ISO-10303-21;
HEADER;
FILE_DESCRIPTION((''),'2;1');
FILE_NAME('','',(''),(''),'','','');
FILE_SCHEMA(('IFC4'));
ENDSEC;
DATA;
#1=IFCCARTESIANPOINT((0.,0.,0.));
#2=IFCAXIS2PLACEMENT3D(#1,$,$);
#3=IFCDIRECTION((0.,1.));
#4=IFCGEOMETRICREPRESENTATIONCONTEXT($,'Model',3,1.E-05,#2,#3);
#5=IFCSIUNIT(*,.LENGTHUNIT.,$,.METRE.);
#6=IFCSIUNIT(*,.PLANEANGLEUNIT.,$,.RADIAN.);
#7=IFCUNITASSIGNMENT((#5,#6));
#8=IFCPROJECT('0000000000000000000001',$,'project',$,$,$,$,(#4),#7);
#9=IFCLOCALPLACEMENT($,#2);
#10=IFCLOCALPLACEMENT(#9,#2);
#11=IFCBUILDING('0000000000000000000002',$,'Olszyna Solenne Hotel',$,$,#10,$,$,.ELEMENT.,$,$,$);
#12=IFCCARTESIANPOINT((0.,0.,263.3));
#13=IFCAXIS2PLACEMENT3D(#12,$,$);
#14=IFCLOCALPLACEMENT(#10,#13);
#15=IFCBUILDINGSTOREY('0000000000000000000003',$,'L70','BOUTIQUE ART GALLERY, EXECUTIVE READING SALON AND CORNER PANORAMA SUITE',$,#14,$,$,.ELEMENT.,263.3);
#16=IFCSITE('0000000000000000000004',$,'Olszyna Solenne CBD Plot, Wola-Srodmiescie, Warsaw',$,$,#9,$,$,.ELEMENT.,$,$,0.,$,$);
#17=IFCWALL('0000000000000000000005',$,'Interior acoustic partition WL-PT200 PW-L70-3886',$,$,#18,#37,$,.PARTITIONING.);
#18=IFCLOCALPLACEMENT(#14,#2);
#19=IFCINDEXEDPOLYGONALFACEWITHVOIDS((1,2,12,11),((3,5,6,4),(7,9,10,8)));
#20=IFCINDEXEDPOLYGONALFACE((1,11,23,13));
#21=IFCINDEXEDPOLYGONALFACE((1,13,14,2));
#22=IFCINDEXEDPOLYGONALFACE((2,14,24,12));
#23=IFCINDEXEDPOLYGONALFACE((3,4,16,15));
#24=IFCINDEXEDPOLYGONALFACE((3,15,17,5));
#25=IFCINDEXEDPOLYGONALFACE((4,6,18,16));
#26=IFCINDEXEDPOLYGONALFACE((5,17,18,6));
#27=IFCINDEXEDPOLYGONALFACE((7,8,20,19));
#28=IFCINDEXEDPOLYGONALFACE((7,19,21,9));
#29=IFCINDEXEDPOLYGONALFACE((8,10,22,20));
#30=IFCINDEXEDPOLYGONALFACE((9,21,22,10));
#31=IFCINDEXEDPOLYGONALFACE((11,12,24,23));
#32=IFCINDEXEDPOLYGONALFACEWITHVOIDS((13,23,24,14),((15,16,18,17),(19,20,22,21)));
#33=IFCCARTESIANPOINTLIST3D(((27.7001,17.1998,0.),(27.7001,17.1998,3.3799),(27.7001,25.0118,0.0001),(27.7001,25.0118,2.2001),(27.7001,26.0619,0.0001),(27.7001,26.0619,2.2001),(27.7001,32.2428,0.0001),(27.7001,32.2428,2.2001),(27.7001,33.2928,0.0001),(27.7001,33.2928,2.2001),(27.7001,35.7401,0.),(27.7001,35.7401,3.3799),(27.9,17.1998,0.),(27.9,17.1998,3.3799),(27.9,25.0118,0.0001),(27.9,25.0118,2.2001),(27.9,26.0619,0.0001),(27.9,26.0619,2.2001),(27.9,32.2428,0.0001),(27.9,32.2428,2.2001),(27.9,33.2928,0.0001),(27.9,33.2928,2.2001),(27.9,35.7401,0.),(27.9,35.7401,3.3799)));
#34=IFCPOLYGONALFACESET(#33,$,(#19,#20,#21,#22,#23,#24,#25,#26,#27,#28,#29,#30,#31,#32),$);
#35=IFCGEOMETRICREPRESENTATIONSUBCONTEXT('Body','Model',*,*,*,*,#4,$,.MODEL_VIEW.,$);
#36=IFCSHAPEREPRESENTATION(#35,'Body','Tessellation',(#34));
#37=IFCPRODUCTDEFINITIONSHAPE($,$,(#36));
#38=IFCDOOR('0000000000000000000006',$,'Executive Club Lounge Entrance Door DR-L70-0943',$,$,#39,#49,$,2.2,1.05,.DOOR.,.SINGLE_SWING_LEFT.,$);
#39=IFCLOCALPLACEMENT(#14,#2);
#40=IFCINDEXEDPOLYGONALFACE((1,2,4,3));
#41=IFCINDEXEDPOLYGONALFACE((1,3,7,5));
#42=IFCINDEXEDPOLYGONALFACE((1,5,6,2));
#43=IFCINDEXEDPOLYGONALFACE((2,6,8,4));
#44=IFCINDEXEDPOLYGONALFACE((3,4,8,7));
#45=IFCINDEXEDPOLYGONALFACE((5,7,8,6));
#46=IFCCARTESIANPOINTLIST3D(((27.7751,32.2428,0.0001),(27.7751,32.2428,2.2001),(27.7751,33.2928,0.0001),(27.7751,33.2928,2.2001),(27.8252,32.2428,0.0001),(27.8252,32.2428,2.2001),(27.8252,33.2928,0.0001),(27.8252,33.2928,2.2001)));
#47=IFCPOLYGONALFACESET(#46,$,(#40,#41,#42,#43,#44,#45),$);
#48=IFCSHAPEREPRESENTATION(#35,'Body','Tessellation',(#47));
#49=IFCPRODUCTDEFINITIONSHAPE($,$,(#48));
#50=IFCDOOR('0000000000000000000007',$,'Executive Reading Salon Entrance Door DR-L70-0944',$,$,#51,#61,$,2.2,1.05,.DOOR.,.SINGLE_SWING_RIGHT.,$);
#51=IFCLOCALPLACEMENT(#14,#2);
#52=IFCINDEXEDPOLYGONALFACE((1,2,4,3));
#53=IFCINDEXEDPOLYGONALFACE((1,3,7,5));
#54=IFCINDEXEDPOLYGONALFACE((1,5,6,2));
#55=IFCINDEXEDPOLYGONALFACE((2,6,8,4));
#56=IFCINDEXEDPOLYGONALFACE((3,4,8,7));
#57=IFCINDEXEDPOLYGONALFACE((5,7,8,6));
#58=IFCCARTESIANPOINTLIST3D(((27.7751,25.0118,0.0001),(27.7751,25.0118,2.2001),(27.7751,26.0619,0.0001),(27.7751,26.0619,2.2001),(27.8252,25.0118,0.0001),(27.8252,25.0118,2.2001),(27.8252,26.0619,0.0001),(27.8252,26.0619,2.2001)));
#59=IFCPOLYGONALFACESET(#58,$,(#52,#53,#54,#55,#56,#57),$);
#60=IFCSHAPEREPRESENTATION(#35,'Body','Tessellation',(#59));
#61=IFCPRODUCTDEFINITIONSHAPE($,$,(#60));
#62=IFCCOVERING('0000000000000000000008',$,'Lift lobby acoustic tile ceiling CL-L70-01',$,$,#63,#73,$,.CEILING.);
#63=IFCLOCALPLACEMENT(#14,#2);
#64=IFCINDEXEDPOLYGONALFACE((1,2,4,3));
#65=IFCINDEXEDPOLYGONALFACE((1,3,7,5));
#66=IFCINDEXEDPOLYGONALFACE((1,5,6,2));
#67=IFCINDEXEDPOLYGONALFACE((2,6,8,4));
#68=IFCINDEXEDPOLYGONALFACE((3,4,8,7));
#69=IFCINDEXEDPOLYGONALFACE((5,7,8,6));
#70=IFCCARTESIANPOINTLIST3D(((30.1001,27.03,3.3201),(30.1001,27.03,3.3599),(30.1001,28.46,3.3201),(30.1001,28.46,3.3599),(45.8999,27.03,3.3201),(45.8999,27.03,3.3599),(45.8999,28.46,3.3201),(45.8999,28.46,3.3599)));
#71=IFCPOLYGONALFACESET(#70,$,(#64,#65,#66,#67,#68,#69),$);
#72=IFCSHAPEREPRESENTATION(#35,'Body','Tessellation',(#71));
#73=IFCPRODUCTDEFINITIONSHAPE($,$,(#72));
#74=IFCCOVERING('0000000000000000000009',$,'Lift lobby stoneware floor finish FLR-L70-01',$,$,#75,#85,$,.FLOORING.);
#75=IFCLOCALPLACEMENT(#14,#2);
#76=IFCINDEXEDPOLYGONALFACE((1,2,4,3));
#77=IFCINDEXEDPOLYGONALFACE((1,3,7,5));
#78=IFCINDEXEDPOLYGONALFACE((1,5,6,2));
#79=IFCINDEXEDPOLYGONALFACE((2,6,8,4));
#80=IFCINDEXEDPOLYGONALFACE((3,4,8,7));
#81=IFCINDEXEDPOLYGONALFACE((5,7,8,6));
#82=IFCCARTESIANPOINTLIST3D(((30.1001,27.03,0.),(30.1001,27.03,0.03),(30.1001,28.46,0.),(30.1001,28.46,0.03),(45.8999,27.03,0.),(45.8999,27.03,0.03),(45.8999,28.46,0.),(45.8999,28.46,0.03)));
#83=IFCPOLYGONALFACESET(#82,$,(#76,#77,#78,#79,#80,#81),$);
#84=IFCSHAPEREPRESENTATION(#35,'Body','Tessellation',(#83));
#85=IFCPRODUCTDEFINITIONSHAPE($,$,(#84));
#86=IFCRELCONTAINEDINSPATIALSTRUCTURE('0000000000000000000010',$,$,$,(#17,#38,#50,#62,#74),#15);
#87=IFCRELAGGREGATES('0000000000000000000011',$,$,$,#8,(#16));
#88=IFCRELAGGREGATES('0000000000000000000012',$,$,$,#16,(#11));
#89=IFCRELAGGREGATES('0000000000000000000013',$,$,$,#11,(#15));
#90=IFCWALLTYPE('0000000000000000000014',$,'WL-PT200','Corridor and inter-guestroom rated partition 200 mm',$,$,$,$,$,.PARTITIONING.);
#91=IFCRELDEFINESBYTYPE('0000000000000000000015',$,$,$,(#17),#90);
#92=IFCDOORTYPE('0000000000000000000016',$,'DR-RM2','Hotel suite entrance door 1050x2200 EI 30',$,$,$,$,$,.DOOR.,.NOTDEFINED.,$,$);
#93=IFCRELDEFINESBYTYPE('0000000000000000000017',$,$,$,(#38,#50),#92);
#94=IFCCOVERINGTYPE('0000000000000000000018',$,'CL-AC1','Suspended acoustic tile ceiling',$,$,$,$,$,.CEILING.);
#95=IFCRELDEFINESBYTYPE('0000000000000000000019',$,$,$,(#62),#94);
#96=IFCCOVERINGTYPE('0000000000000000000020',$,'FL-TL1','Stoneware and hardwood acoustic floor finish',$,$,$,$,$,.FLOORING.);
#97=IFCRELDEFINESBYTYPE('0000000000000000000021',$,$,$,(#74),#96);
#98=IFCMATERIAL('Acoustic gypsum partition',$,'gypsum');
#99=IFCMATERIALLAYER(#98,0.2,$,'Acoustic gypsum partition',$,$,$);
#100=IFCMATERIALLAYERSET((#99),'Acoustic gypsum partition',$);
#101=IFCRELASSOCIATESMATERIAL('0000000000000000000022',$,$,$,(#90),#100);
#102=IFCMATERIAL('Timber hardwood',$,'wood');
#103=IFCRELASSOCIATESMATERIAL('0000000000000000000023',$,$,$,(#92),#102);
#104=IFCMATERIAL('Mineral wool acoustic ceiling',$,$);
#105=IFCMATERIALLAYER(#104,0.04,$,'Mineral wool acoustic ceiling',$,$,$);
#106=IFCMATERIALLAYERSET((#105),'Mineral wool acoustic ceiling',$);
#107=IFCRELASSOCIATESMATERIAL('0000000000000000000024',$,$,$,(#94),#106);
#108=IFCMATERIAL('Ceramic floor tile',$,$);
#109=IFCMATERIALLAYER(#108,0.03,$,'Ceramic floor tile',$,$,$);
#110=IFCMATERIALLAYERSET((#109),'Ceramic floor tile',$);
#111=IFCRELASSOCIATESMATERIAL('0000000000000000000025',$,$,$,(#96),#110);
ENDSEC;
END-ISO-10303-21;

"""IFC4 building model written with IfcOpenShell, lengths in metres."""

from ifc_helpers import new_model, si_unit, direction, frame, frame_2d, origin, place, context, subcontext, project, spatial, polyline, rectangle, outline, extrude, source, transform, mapped, material, layer, layer_set, type_object, type_shapes, element, fill, save


model = new_model("IFC4")

# Units and contexts
model_context = context("Model", 3, precision=1e-05, world=origin(), true_north=direction((0.0, 1.0)))
body_context = subcontext(model_context, "Body", "Model", "MODEL_VIEW")
ifc_project = project(units=[si_unit("LENGTHUNIT", "METRE"), si_unit("PLANEANGLEUNIT", "RADIAN")], contexts=[model_context])

# Site, building, storey
site_placement = place(None, origin())
site = spatial("IfcSite", under=ifc_project, at=site_placement, Name="Olszyna Solenne CBD Plot, Wola-Srodmiescie, Warsaw", CompositionType="ELEMENT", RefElevation=0.0)
building_placement = place(site_placement, origin())
building = spatial("IfcBuilding", under=site, at=building_placement, Name="Olszyna Solenne Hotel", CompositionType="ELEMENT")
storey_placement = place(building_placement, frame((0.0, 0.0, 263.3)))
storey = spatial("IfcBuildingStorey", under=building, at=storey_placement, Name="L70", Description="BOUTIQUE ART GALLERY, EXECUTIVE READING SALON AND CORNER PANORAMA SUITE", CompositionType="ELEMENT", Elevation=263.3)

# Shared definitions
ifc_material_1 = material(Name="Timber hardwood", Category="wood")

# Shared definitions
ifc_material_2 = material(Name="Acoustic gypsum partition", Category="gypsum")
ifc_layer_1 = layer(ifc_material_2, 0.2, Name="Acoustic gypsum partition")
ifc_layer_set_1 = layer_set([ifc_layer_1], Name="Acoustic gypsum partition")
wall_type_1 = type_object("IfcWallType", Name="WL-PT200", Description="Corridor and inter-guestroom rated partition 200 mm", PredefinedType="PARTITIONING", material=ifc_layer_set_1)

# Shared definitions
door_type_1 = type_object("IfcDoorType", Name="DR-RM2", Description="Hotel suite entrance door 1050x2200 EI 30", OperationType="NOTDEFINED", PredefinedType="DOOR", material=ifc_material_1)
shared_shape_1 = source(origin(), body_context, "Body", "SweptSolid", [
    extrude(rectangle(XDim=1.05, YDim=2.2, at=frame_2d((0.5249, 1.1001))), frame((0.0, 0.0249, 0.0), z_axis=(0.0, -1.0, 0.0), x_axis=(1.0, 0.0, 0.0)), (0.0, 0.0, 1.0), 0.05),
])
type_shapes(door_type_1, [shared_shape_1])

# Wall, openings, doors
wall_1_placement = place(storey_placement, frame((27.8, 17.2, 0.0), z_axis=(0.0, 0.0, 1.0), x_axis=(0.0, 1.0, 0.0)))
wall_1 = element("IfcWall", 1, at=wall_1_placement, inside=storey, type_object=wall_type_1, Name="Interior acoustic partition WL-PT200 PW-L70-3886", PredefinedType="PARTITIONING", context=body_context, shape_type="SweptSolid", body=[
    extrude(rectangle(XDim=18.5403, YDim=0.2, at=frame_2d((9.27, 0.0))), origin(), (0.0, 0.0, 1.0), 3.3799),
])
opening_1_placement = place(wall_1_placement, frame((15.043, 0.0, 0.0)))
opening_1 = element("IfcOpeningElement", 2, at=opening_1_placement, cuts=wall_1, PredefinedType="OPENING", context=body_context, shape_type="SweptSolid", body=[
    extrude(rectangle(XDim=1.05, YDim=2.2, at=frame_2d((0.5249, 1.1001))), frame((0.0, 0.1099, 0.0), z_axis=(0.0, -1.0, 0.0), x_axis=(1.0, 0.0, 0.0)), (0.0, 0.0, 1.0), 0.22),
])
opening_2_placement = place(wall_1_placement, frame((7.812, 0.0, 0.0)))
opening_2 = element("IfcOpeningElement", 3, at=opening_2_placement, cuts=wall_1, PredefinedType="OPENING", context=body_context, shape_type="SweptSolid", body=[
    extrude(rectangle(XDim=1.05, YDim=2.2, at=frame_2d((0.5249, 1.1001))), frame((0.0, 0.1099, 0.0), z_axis=(0.0, -1.0, 0.0), x_axis=(1.0, 0.0, 0.0)), (0.0, 0.0, 1.0), 0.22),
])
door_1_placement = place(opening_1_placement, origin())
door_1 = element("IfcDoor", 4, at=door_1_placement, inside=storey, type_object=door_type_1, Name="Executive Club Lounge Entrance Door DR-L70-0943", OperationType="SINGLE_SWING_LEFT", OverallHeight=2.2, OverallWidth=1.05, PredefinedType="DOOR", context=body_context, shape_type="MappedRepresentation", body=[
    mapped(shared_shape_1, transform((0.0, 0.0, 0.0), x_axis=(1.0, 0.0, 0.0), y_axis=(0.0, 1.0, 0.0), z_axis=(0.0, 0.0, 1.0), scale=1.0)),
])
fill(opening_1, door_1)
door_2_placement = place(opening_2_placement, origin())
door_2 = element("IfcDoor", 5, at=door_2_placement, inside=storey, type_object=door_type_1, Name="Executive Reading Salon Entrance Door DR-L70-0944", OperationType="SINGLE_SWING_RIGHT", OverallHeight=2.2, OverallWidth=1.05, PredefinedType="DOOR", context=body_context, shape_type="MappedRepresentation", body=[
    mapped(shared_shape_1, transform((0.0, 0.0, 0.0), x_axis=(1.0, 0.0, 0.0), y_axis=(0.0, 1.0, 0.0), z_axis=(0.0, 0.0, 1.0), scale=1.0)),
])
fill(opening_2, door_2)

# Coverings
ifc_material_3 = material(Name="Mineral wool acoustic ceiling")
ifc_layer_2 = layer(ifc_material_3, 0.04, Name="Mineral wool acoustic ceiling")
ifc_layer_set_2 = layer_set([ifc_layer_2], Name="Mineral wool acoustic ceiling")
covering_type_1 = type_object("IfcCoveringType", Name="CL-AC1", Description="Suspended acoustic tile ceiling", PredefinedType="CEILING", material=ifc_layer_set_2)
covering_1_placement = place(storey_placement, frame((0.0, 0.0, 3.3201)))
element("IfcCovering", 6, at=covering_1_placement, inside=storey, type_object=covering_type_1, Name="Lift lobby acoustic tile ceiling CL-L70-01", PredefinedType="CEILING", context=body_context, shape_type="SweptSolid", body=[
    extrude(outline(polyline([(30.1001, 27.03), (45.8999, 27.03), (45.8999, 28.46), (30.1001, 28.46), (30.1001, 27.03)])), origin(), (0.0, 0.0, 1.0), 0.0398),
])
ifc_material_4 = material(Name="Ceramic floor tile")
ifc_layer_3 = layer(ifc_material_4, 0.03, Name="Ceramic floor tile")
ifc_layer_set_3 = layer_set([ifc_layer_3], Name="Ceramic floor tile")
covering_type_2 = type_object("IfcCoveringType", Name="FL-TL1", Description="Stoneware and hardwood acoustic floor finish", PredefinedType="FLOORING", material=ifc_layer_set_3)
covering_2_placement = place(storey_placement, origin())
element("IfcCovering", 7, at=covering_2_placement, inside=storey, type_object=covering_type_2, Name="Lift lobby stoneware floor finish FLR-L70-01", PredefinedType="FLOORING", context=body_context, shape_type="SweptSolid", body=[
    extrude(outline(polyline([(30.1001, 27.03), (45.8999, 27.03), (45.8999, 28.46), (30.1001, 28.46), (30.1001, 27.03)])), origin(), (0.0, 0.0, 1.0), 0.03),
])

save(model, "model.ifc")
